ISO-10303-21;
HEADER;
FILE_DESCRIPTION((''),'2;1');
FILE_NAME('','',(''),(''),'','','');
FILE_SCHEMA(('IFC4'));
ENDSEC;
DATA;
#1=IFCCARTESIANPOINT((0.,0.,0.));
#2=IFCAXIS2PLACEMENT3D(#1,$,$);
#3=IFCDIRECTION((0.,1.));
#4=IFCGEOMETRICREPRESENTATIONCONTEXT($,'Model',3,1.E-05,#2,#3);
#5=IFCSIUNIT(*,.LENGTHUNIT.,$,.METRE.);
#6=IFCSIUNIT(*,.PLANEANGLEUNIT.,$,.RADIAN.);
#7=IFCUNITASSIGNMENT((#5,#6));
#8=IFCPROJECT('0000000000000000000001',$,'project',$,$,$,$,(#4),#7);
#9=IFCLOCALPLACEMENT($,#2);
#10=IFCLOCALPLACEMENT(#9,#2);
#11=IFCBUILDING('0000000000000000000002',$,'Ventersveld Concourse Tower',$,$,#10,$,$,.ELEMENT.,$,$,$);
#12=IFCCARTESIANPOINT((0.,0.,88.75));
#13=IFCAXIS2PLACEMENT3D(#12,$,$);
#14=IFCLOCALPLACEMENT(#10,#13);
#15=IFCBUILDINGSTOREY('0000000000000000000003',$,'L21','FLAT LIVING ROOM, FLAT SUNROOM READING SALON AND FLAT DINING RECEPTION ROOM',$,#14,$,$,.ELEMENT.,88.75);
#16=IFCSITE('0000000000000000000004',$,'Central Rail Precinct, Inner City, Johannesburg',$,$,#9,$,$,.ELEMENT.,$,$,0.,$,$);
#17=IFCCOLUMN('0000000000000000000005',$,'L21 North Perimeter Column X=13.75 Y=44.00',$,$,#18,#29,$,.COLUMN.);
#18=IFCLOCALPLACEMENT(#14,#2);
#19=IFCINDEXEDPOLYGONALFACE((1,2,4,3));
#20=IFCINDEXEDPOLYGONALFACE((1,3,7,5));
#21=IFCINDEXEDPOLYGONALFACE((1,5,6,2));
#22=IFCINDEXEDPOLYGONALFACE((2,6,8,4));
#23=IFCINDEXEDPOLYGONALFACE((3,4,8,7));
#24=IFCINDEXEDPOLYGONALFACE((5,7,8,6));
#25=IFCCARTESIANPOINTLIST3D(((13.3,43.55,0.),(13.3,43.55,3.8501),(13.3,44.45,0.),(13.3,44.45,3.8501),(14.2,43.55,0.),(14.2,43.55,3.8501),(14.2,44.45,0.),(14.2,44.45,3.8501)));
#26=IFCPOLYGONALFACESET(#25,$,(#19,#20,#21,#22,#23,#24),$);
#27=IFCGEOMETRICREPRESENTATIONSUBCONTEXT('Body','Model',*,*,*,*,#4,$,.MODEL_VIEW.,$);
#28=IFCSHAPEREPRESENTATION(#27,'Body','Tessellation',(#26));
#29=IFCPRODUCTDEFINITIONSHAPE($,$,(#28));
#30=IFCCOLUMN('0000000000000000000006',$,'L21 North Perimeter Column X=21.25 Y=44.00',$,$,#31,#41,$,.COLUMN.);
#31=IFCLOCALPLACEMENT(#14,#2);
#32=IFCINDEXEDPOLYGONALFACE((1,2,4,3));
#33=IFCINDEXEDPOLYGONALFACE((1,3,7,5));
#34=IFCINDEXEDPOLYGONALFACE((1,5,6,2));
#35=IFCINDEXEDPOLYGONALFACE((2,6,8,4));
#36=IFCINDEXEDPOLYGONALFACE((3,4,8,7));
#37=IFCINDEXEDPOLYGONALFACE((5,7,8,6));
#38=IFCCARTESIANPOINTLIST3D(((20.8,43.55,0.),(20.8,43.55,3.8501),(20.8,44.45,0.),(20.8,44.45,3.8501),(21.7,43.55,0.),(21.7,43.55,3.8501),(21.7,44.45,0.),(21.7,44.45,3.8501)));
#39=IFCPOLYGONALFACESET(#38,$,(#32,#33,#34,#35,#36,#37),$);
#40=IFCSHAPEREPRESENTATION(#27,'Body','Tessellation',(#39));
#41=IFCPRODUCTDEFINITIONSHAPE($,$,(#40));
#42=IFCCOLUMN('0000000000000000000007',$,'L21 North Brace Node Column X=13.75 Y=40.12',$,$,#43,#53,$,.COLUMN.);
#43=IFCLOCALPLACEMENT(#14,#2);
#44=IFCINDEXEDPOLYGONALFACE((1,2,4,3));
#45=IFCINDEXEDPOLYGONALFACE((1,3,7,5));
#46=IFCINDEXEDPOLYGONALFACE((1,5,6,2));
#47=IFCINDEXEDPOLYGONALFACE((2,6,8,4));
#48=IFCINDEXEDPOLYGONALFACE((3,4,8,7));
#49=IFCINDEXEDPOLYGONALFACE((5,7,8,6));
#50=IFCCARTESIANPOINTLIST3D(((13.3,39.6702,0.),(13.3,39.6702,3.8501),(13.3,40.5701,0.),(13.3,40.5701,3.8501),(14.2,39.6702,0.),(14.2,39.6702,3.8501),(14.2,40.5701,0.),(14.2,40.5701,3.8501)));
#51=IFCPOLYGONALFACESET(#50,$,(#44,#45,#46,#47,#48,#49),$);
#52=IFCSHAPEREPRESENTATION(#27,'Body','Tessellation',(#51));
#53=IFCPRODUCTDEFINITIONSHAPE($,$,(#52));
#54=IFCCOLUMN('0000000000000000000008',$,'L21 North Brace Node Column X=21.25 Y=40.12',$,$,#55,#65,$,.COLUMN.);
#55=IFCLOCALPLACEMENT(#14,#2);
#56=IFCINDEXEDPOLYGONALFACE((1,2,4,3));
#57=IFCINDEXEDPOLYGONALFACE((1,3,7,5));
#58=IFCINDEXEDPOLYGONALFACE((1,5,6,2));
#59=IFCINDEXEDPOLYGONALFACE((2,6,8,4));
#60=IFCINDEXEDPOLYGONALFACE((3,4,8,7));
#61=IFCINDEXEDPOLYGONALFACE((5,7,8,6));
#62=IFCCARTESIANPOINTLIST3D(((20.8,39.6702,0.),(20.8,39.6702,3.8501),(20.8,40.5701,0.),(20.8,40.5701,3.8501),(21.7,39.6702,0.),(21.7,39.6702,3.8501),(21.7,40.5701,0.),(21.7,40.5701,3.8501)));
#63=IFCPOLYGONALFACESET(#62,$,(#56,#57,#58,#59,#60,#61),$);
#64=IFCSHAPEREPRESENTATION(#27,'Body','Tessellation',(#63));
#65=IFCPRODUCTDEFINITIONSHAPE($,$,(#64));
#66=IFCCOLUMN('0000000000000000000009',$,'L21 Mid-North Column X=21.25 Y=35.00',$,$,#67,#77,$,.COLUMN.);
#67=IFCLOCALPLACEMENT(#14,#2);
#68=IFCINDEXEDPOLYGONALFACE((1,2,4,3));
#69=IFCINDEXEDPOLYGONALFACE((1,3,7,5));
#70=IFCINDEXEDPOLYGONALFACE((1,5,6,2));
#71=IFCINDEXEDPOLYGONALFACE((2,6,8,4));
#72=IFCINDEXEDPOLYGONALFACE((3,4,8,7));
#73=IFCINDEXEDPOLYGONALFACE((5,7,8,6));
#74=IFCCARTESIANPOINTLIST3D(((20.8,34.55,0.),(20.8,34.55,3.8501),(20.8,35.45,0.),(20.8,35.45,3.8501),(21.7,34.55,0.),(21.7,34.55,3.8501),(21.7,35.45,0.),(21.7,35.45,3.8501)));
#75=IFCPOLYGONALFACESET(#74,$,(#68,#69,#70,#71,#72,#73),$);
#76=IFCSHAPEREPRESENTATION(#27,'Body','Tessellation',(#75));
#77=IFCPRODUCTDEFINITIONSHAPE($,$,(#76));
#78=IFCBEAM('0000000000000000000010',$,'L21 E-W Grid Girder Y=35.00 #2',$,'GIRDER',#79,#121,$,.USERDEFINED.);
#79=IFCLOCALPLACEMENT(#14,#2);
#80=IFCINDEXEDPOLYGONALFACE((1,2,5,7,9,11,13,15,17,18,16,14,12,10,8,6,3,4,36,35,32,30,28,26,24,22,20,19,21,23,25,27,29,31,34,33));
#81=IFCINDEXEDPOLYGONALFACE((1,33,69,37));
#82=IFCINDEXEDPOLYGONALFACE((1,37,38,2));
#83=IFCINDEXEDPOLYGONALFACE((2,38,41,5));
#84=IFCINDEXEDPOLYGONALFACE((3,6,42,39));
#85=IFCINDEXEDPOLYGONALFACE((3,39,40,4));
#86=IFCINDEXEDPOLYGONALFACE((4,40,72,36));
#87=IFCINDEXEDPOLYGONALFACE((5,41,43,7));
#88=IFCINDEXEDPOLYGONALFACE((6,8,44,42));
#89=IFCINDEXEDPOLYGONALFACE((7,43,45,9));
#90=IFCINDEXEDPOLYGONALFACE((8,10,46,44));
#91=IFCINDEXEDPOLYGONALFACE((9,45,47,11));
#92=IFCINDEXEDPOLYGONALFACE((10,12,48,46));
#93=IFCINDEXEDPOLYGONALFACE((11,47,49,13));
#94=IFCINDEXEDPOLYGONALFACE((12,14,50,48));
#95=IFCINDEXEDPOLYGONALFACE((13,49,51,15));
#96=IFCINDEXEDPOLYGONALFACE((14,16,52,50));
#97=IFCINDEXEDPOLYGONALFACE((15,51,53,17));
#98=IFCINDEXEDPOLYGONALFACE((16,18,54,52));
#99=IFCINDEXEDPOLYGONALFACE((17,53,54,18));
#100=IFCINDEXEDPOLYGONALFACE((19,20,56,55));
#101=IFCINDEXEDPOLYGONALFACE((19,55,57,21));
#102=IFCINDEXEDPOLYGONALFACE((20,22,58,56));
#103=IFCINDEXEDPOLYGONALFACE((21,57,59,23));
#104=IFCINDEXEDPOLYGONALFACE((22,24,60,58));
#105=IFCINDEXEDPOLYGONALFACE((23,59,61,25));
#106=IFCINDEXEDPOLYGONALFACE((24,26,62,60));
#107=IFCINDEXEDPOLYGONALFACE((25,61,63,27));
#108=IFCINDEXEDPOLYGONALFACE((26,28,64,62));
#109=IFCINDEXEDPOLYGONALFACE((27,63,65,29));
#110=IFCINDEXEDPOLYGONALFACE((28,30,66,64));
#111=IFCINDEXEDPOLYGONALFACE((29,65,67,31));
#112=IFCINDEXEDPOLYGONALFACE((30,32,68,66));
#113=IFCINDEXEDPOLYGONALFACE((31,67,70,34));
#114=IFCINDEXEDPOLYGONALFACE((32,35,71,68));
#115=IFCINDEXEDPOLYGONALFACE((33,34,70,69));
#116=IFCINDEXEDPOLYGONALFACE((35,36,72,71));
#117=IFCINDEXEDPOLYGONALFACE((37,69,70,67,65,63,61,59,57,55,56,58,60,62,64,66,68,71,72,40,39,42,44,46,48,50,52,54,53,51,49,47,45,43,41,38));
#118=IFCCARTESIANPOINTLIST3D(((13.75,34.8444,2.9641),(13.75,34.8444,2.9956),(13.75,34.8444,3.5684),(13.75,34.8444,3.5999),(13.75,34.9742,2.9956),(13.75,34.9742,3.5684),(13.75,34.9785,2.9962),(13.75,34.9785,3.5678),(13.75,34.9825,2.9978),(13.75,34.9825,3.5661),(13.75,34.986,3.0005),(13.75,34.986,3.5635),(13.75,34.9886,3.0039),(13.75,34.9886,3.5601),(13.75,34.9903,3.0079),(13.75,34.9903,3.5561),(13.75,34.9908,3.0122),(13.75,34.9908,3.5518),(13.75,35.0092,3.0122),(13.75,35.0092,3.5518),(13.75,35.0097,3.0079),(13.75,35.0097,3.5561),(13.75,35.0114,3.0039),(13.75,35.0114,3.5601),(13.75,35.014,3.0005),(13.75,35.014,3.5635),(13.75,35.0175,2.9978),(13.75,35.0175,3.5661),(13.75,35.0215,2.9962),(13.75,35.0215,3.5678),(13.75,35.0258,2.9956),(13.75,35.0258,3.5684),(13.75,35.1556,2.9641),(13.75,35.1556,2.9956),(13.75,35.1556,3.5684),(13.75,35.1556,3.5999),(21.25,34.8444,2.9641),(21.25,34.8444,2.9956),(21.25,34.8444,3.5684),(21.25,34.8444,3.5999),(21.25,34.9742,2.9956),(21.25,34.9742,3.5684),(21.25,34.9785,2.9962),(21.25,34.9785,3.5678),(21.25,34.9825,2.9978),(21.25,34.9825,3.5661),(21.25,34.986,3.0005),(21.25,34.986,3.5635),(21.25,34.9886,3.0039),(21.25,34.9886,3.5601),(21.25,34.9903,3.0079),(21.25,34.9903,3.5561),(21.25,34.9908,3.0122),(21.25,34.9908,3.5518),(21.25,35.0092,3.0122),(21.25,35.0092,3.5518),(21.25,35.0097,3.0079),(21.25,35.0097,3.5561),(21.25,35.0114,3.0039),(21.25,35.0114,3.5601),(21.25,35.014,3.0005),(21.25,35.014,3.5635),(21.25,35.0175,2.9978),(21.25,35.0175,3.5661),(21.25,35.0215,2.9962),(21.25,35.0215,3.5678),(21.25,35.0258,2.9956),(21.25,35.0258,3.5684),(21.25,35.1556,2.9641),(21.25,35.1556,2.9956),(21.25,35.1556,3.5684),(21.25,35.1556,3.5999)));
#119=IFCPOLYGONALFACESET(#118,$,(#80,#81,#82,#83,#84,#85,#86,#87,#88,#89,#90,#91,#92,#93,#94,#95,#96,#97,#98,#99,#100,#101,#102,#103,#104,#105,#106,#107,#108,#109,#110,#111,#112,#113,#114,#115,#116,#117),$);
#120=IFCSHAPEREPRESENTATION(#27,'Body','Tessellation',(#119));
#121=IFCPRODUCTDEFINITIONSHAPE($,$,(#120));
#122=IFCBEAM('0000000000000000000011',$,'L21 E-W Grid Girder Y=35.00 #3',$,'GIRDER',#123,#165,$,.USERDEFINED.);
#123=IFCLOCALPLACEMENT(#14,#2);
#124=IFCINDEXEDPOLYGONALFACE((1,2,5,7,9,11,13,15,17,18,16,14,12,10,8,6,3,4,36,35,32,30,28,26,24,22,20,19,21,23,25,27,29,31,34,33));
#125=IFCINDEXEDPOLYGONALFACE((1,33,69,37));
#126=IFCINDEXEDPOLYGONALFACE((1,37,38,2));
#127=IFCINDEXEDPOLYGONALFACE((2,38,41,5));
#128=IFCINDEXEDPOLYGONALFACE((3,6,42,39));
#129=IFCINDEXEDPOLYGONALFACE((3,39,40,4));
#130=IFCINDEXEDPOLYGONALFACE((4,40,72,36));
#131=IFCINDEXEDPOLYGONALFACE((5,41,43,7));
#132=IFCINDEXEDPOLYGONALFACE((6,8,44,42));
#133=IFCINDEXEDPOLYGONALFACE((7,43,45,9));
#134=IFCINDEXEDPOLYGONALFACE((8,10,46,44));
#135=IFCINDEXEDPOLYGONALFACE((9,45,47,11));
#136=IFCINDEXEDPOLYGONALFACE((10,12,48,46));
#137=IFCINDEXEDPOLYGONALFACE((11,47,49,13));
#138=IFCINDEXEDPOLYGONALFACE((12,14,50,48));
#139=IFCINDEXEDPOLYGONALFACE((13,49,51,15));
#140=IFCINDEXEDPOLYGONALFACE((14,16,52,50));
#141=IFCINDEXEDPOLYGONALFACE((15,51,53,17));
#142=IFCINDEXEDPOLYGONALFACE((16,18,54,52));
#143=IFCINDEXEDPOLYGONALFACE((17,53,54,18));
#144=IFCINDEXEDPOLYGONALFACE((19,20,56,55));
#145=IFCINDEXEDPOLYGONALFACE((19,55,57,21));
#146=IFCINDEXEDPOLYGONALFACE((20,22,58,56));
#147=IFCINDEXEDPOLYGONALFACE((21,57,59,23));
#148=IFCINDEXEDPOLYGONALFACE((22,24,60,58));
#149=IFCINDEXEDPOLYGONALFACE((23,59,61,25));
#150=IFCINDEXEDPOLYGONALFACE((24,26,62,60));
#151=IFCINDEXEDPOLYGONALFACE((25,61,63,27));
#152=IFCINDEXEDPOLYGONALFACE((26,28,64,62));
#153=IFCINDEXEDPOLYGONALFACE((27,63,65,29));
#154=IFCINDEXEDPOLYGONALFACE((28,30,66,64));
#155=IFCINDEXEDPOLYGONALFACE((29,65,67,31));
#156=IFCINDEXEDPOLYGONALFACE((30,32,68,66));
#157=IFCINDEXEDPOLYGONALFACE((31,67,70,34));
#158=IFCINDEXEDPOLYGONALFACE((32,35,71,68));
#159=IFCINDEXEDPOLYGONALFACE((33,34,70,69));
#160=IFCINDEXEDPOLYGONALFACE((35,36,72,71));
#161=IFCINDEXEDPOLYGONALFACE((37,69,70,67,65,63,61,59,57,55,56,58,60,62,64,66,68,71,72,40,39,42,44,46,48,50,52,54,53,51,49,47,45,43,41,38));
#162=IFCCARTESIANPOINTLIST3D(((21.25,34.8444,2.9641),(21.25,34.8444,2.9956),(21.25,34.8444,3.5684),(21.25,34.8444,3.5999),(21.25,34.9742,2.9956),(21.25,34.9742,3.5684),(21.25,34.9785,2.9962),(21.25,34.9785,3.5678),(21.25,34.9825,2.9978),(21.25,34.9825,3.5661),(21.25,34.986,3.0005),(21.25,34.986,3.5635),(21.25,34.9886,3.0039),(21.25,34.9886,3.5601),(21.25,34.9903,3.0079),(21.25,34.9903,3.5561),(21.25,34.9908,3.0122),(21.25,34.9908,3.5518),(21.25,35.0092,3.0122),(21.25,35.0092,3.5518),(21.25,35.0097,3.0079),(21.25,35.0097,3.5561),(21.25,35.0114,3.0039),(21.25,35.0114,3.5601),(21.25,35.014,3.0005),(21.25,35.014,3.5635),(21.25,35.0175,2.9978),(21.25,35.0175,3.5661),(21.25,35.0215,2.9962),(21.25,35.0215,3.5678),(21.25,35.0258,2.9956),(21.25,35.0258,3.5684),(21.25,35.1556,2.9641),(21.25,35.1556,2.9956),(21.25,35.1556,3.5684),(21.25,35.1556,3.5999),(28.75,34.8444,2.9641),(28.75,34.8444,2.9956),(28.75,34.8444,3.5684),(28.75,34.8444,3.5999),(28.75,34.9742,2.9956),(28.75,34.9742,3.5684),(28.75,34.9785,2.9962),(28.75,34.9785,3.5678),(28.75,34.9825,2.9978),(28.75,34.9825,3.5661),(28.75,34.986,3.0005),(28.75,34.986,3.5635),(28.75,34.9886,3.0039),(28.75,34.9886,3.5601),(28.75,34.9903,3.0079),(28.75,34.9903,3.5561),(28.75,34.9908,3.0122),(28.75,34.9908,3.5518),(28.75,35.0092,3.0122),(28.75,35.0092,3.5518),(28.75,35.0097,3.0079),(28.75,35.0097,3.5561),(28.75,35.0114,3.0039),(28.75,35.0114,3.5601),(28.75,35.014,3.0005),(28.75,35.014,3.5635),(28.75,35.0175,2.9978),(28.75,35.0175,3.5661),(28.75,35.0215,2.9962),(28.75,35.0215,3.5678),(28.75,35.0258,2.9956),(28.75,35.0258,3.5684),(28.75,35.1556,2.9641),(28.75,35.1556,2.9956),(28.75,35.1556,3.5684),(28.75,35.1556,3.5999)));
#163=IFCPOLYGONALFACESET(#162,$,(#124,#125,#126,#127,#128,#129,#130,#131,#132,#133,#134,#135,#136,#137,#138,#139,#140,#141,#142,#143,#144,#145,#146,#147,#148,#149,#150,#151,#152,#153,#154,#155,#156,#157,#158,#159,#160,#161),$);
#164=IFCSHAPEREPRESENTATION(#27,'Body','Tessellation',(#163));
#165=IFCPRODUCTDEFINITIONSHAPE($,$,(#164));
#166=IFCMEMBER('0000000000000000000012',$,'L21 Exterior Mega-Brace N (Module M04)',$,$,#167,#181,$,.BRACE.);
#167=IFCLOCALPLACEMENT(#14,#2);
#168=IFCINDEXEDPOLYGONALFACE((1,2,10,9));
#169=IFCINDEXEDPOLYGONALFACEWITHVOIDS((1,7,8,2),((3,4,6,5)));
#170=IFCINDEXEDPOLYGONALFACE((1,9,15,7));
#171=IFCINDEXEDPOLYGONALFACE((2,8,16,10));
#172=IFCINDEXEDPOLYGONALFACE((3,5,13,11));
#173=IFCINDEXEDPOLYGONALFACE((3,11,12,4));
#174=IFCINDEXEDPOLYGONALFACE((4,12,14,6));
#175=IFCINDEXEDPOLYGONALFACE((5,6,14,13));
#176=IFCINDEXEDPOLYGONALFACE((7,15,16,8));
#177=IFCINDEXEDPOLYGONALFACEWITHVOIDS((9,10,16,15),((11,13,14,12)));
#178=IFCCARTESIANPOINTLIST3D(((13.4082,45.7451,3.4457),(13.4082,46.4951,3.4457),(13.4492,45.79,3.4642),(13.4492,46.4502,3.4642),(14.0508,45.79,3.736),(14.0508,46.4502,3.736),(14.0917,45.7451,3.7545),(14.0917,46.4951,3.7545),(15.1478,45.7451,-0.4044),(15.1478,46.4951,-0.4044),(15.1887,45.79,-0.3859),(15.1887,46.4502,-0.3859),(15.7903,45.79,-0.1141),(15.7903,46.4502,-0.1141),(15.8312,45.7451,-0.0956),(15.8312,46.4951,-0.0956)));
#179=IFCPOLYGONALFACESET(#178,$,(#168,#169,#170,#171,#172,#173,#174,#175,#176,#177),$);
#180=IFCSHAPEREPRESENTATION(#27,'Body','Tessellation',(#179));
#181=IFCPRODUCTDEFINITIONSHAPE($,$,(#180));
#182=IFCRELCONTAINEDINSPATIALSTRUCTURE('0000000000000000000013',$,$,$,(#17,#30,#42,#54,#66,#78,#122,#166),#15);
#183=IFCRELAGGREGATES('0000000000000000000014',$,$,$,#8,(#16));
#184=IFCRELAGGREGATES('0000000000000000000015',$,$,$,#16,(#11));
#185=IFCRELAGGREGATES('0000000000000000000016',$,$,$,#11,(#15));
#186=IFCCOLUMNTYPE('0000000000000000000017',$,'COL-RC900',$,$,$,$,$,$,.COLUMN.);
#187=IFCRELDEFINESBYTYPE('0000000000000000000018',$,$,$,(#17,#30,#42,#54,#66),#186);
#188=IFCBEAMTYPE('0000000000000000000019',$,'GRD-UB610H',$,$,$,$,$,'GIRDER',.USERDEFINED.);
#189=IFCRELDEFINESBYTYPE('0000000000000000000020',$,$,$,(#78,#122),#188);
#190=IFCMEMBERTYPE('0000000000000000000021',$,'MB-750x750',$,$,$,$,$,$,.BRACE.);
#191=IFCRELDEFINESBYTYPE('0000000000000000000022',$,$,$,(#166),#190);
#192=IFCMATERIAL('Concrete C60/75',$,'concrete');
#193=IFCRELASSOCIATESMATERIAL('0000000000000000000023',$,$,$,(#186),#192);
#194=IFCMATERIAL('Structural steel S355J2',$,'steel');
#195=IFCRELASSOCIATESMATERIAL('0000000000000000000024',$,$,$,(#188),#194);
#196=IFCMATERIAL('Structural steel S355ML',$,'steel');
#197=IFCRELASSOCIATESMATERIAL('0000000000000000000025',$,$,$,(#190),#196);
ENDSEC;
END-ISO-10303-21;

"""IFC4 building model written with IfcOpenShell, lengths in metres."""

from ifc_helpers import new_model, si_unit, direction, frame, origin, origin_2d, place, context, subcontext, project, spatial, rectangle, hollow_rectangle, i_section, extrude, material, material_profile, profile_set, type_object, element, save


model = new_model("IFC4")

# Units and contexts
model_context = context("Model", 3, precision=1e-05, world=origin(), true_north=direction((0.0, 1.0)))
body_context = subcontext(model_context, "Body", "Model", "MODEL_VIEW")
ifc_project = project(units=[si_unit("LENGTHUNIT", "METRE"), si_unit("PLANEANGLEUNIT", "RADIAN")], contexts=[model_context])

# Site, building, storey
site_placement = place(None, origin())
site = spatial("IfcSite", under=ifc_project, at=site_placement, Name="Central Rail Precinct, Inner City, Johannesburg", CompositionType="ELEMENT", RefElevation=0.0)
building_placement = place(site_placement, origin())
building = spatial("IfcBuilding", under=site, at=building_placement, Name="Ventersveld Concourse Tower", CompositionType="ELEMENT")
storey_placement = place(building_placement, frame((0.0, 0.0, 88.75)))
storey = spatial("IfcBuildingStorey", under=building, at=storey_placement, Name="L21", Description="FLAT LIVING ROOM, FLAT SUNROOM READING SALON AND FLAT DINING RECEPTION ROOM", CompositionType="ELEMENT", Elevation=88.75)

# Columns
ifc_material_1 = material(Name="Concrete C60/75", Category="concrete")
ifc_material_profile_1 = material_profile(ifc_material_1, rectangle(XDim=0.8999, YDim=0.8999, at=origin_2d()), Name="RC 900x900")
ifc_profile_set_1 = profile_set([ifc_material_profile_1], Name="Concrete C60/75")
column_type = type_object("IfcColumnType", Name="COL-RC900", PredefinedType="COLUMN", material=ifc_profile_set_1)
for number, where, z_axis, x_axis, name in (
    (1, (13.75, 44.0, 0.0), (0.0, 0.0, 1.0), (1.0, 0.0, 0.0), "L21 North Perimeter Column X=13.75 Y=44.00"),
    (2, (21.25, 44.0, 0.0), (0.0, 0.0, 1.0), (1.0, 0.0, 0.0), "L21 North Perimeter Column X=21.25 Y=44.00"),
    (3, (13.75, 40.1201, 0.0), (0.0, 0.0, 1.0), (1.0, 0.0, 0.0), "L21 North Brace Node Column X=13.75 Y=40.12"),
    (4, (21.25, 40.1201, 0.0), (0.0, 0.0, 1.0), (1.0, 0.0, 0.0), "L21 North Brace Node Column X=21.25 Y=40.12"),
    (5, (21.25, 35.0, 0.0), (0.0, 0.0, 1.0), (1.0, 0.0, 0.0), "L21 Mid-North Column X=21.25 Y=35.00"),
):
    element("IfcColumn", number, at=place(storey_placement, frame(where, z_axis=z_axis, x_axis=x_axis)), inside=storey, type_object=column_type, Name=name, PredefinedType="COLUMN", context=body_context, shape_type="SweptSolid", body=[
        extrude(rectangle(XDim=0.8999, YDim=0.8999, at=origin_2d()), origin(), (0.0, 0.0, 1.0), 3.8501),
    ])

# Beams
ifc_material_2 = material(Name="Structural steel S355J2", Category="steel")
ifc_material_profile_2 = material_profile(ifc_material_2, i_section(OverallWidth=0.3113, OverallDepth=0.6357, WebThickness=0.0183, FlangeThickness=0.0315, FilletRadius=0.0166, at=origin_2d()), Name="UB 610x305x238")
ifc_profile_set_2 = profile_set([ifc_material_profile_2], Name="Structural steel S355J2")
beam_type_1 = type_object("IfcBeamType", Name="GRD-UB610H", ElementType="GIRDER", PredefinedType="USERDEFINED", material=ifc_profile_set_2)
for number, where, z_axis, x_axis, name in (
    (6, (13.75, 35.0, 3.282), (1.0, 0.0, 0.0), (0.0, 1.0, 0.0), "L21 E-W Grid Girder Y=35.00 #2"),
    (7, (21.25, 35.0, 3.282), (1.0, 0.0, 0.0), (0.0, 1.0, 0.0), "L21 E-W Grid Girder Y=35.00 #3"),
):
    element("IfcBeam", number, at=place(storey_placement, frame(where, z_axis=z_axis, x_axis=x_axis)), inside=storey, type_object=beam_type_1, Name=name, ObjectType="GIRDER", PredefinedType="USERDEFINED", context=body_context, shape_type="SweptSolid", body=[
        extrude(i_section(OverallWidth=0.3113, OverallDepth=0.6357, WebThickness=0.0183, FlangeThickness=0.0315, FilletRadius=0.0166, at=origin_2d()), origin(), (0.0, 0.0, 1.0), 7.5),
    ])

# Member
ifc_material_3 = material(Name="Structural steel S355ML", Category="steel")
ifc_material_profile_3 = material_profile(ifc_material_3, hollow_rectangle(XDim=0.75, YDim=0.75, WallThickness=0.0449, at=origin_2d()), Name="BOX 750x750x45")
ifc_profile_set_3 = profile_set([ifc_material_profile_3], Name="Structural steel S355ML")
member_type = type_object("IfcMemberType", Name="MB-750x750", PredefinedType="BRACE", material=ifc_profile_set_3)
member_placement = place(storey_placement, frame((15.4895, 46.1201, -0.25), z_axis=(-0.411734, 0.0, 0.911304), x_axis=(0.0, -1.0, 0.0)))
element("IfcMember", 8, at=member_placement, inside=storey, type_object=member_type, Name="L21 Exterior Mega-Brace N (Module M04)", PredefinedType="BRACE", context=body_context, shape_type="SweptSolid", body=[
    extrude(hollow_rectangle(XDim=0.75, YDim=0.75, WallThickness=0.0449, at=origin_2d()), origin(), (0.0, 0.0, 1.0), 4.2249),
])

save(model, "model.ifc")
